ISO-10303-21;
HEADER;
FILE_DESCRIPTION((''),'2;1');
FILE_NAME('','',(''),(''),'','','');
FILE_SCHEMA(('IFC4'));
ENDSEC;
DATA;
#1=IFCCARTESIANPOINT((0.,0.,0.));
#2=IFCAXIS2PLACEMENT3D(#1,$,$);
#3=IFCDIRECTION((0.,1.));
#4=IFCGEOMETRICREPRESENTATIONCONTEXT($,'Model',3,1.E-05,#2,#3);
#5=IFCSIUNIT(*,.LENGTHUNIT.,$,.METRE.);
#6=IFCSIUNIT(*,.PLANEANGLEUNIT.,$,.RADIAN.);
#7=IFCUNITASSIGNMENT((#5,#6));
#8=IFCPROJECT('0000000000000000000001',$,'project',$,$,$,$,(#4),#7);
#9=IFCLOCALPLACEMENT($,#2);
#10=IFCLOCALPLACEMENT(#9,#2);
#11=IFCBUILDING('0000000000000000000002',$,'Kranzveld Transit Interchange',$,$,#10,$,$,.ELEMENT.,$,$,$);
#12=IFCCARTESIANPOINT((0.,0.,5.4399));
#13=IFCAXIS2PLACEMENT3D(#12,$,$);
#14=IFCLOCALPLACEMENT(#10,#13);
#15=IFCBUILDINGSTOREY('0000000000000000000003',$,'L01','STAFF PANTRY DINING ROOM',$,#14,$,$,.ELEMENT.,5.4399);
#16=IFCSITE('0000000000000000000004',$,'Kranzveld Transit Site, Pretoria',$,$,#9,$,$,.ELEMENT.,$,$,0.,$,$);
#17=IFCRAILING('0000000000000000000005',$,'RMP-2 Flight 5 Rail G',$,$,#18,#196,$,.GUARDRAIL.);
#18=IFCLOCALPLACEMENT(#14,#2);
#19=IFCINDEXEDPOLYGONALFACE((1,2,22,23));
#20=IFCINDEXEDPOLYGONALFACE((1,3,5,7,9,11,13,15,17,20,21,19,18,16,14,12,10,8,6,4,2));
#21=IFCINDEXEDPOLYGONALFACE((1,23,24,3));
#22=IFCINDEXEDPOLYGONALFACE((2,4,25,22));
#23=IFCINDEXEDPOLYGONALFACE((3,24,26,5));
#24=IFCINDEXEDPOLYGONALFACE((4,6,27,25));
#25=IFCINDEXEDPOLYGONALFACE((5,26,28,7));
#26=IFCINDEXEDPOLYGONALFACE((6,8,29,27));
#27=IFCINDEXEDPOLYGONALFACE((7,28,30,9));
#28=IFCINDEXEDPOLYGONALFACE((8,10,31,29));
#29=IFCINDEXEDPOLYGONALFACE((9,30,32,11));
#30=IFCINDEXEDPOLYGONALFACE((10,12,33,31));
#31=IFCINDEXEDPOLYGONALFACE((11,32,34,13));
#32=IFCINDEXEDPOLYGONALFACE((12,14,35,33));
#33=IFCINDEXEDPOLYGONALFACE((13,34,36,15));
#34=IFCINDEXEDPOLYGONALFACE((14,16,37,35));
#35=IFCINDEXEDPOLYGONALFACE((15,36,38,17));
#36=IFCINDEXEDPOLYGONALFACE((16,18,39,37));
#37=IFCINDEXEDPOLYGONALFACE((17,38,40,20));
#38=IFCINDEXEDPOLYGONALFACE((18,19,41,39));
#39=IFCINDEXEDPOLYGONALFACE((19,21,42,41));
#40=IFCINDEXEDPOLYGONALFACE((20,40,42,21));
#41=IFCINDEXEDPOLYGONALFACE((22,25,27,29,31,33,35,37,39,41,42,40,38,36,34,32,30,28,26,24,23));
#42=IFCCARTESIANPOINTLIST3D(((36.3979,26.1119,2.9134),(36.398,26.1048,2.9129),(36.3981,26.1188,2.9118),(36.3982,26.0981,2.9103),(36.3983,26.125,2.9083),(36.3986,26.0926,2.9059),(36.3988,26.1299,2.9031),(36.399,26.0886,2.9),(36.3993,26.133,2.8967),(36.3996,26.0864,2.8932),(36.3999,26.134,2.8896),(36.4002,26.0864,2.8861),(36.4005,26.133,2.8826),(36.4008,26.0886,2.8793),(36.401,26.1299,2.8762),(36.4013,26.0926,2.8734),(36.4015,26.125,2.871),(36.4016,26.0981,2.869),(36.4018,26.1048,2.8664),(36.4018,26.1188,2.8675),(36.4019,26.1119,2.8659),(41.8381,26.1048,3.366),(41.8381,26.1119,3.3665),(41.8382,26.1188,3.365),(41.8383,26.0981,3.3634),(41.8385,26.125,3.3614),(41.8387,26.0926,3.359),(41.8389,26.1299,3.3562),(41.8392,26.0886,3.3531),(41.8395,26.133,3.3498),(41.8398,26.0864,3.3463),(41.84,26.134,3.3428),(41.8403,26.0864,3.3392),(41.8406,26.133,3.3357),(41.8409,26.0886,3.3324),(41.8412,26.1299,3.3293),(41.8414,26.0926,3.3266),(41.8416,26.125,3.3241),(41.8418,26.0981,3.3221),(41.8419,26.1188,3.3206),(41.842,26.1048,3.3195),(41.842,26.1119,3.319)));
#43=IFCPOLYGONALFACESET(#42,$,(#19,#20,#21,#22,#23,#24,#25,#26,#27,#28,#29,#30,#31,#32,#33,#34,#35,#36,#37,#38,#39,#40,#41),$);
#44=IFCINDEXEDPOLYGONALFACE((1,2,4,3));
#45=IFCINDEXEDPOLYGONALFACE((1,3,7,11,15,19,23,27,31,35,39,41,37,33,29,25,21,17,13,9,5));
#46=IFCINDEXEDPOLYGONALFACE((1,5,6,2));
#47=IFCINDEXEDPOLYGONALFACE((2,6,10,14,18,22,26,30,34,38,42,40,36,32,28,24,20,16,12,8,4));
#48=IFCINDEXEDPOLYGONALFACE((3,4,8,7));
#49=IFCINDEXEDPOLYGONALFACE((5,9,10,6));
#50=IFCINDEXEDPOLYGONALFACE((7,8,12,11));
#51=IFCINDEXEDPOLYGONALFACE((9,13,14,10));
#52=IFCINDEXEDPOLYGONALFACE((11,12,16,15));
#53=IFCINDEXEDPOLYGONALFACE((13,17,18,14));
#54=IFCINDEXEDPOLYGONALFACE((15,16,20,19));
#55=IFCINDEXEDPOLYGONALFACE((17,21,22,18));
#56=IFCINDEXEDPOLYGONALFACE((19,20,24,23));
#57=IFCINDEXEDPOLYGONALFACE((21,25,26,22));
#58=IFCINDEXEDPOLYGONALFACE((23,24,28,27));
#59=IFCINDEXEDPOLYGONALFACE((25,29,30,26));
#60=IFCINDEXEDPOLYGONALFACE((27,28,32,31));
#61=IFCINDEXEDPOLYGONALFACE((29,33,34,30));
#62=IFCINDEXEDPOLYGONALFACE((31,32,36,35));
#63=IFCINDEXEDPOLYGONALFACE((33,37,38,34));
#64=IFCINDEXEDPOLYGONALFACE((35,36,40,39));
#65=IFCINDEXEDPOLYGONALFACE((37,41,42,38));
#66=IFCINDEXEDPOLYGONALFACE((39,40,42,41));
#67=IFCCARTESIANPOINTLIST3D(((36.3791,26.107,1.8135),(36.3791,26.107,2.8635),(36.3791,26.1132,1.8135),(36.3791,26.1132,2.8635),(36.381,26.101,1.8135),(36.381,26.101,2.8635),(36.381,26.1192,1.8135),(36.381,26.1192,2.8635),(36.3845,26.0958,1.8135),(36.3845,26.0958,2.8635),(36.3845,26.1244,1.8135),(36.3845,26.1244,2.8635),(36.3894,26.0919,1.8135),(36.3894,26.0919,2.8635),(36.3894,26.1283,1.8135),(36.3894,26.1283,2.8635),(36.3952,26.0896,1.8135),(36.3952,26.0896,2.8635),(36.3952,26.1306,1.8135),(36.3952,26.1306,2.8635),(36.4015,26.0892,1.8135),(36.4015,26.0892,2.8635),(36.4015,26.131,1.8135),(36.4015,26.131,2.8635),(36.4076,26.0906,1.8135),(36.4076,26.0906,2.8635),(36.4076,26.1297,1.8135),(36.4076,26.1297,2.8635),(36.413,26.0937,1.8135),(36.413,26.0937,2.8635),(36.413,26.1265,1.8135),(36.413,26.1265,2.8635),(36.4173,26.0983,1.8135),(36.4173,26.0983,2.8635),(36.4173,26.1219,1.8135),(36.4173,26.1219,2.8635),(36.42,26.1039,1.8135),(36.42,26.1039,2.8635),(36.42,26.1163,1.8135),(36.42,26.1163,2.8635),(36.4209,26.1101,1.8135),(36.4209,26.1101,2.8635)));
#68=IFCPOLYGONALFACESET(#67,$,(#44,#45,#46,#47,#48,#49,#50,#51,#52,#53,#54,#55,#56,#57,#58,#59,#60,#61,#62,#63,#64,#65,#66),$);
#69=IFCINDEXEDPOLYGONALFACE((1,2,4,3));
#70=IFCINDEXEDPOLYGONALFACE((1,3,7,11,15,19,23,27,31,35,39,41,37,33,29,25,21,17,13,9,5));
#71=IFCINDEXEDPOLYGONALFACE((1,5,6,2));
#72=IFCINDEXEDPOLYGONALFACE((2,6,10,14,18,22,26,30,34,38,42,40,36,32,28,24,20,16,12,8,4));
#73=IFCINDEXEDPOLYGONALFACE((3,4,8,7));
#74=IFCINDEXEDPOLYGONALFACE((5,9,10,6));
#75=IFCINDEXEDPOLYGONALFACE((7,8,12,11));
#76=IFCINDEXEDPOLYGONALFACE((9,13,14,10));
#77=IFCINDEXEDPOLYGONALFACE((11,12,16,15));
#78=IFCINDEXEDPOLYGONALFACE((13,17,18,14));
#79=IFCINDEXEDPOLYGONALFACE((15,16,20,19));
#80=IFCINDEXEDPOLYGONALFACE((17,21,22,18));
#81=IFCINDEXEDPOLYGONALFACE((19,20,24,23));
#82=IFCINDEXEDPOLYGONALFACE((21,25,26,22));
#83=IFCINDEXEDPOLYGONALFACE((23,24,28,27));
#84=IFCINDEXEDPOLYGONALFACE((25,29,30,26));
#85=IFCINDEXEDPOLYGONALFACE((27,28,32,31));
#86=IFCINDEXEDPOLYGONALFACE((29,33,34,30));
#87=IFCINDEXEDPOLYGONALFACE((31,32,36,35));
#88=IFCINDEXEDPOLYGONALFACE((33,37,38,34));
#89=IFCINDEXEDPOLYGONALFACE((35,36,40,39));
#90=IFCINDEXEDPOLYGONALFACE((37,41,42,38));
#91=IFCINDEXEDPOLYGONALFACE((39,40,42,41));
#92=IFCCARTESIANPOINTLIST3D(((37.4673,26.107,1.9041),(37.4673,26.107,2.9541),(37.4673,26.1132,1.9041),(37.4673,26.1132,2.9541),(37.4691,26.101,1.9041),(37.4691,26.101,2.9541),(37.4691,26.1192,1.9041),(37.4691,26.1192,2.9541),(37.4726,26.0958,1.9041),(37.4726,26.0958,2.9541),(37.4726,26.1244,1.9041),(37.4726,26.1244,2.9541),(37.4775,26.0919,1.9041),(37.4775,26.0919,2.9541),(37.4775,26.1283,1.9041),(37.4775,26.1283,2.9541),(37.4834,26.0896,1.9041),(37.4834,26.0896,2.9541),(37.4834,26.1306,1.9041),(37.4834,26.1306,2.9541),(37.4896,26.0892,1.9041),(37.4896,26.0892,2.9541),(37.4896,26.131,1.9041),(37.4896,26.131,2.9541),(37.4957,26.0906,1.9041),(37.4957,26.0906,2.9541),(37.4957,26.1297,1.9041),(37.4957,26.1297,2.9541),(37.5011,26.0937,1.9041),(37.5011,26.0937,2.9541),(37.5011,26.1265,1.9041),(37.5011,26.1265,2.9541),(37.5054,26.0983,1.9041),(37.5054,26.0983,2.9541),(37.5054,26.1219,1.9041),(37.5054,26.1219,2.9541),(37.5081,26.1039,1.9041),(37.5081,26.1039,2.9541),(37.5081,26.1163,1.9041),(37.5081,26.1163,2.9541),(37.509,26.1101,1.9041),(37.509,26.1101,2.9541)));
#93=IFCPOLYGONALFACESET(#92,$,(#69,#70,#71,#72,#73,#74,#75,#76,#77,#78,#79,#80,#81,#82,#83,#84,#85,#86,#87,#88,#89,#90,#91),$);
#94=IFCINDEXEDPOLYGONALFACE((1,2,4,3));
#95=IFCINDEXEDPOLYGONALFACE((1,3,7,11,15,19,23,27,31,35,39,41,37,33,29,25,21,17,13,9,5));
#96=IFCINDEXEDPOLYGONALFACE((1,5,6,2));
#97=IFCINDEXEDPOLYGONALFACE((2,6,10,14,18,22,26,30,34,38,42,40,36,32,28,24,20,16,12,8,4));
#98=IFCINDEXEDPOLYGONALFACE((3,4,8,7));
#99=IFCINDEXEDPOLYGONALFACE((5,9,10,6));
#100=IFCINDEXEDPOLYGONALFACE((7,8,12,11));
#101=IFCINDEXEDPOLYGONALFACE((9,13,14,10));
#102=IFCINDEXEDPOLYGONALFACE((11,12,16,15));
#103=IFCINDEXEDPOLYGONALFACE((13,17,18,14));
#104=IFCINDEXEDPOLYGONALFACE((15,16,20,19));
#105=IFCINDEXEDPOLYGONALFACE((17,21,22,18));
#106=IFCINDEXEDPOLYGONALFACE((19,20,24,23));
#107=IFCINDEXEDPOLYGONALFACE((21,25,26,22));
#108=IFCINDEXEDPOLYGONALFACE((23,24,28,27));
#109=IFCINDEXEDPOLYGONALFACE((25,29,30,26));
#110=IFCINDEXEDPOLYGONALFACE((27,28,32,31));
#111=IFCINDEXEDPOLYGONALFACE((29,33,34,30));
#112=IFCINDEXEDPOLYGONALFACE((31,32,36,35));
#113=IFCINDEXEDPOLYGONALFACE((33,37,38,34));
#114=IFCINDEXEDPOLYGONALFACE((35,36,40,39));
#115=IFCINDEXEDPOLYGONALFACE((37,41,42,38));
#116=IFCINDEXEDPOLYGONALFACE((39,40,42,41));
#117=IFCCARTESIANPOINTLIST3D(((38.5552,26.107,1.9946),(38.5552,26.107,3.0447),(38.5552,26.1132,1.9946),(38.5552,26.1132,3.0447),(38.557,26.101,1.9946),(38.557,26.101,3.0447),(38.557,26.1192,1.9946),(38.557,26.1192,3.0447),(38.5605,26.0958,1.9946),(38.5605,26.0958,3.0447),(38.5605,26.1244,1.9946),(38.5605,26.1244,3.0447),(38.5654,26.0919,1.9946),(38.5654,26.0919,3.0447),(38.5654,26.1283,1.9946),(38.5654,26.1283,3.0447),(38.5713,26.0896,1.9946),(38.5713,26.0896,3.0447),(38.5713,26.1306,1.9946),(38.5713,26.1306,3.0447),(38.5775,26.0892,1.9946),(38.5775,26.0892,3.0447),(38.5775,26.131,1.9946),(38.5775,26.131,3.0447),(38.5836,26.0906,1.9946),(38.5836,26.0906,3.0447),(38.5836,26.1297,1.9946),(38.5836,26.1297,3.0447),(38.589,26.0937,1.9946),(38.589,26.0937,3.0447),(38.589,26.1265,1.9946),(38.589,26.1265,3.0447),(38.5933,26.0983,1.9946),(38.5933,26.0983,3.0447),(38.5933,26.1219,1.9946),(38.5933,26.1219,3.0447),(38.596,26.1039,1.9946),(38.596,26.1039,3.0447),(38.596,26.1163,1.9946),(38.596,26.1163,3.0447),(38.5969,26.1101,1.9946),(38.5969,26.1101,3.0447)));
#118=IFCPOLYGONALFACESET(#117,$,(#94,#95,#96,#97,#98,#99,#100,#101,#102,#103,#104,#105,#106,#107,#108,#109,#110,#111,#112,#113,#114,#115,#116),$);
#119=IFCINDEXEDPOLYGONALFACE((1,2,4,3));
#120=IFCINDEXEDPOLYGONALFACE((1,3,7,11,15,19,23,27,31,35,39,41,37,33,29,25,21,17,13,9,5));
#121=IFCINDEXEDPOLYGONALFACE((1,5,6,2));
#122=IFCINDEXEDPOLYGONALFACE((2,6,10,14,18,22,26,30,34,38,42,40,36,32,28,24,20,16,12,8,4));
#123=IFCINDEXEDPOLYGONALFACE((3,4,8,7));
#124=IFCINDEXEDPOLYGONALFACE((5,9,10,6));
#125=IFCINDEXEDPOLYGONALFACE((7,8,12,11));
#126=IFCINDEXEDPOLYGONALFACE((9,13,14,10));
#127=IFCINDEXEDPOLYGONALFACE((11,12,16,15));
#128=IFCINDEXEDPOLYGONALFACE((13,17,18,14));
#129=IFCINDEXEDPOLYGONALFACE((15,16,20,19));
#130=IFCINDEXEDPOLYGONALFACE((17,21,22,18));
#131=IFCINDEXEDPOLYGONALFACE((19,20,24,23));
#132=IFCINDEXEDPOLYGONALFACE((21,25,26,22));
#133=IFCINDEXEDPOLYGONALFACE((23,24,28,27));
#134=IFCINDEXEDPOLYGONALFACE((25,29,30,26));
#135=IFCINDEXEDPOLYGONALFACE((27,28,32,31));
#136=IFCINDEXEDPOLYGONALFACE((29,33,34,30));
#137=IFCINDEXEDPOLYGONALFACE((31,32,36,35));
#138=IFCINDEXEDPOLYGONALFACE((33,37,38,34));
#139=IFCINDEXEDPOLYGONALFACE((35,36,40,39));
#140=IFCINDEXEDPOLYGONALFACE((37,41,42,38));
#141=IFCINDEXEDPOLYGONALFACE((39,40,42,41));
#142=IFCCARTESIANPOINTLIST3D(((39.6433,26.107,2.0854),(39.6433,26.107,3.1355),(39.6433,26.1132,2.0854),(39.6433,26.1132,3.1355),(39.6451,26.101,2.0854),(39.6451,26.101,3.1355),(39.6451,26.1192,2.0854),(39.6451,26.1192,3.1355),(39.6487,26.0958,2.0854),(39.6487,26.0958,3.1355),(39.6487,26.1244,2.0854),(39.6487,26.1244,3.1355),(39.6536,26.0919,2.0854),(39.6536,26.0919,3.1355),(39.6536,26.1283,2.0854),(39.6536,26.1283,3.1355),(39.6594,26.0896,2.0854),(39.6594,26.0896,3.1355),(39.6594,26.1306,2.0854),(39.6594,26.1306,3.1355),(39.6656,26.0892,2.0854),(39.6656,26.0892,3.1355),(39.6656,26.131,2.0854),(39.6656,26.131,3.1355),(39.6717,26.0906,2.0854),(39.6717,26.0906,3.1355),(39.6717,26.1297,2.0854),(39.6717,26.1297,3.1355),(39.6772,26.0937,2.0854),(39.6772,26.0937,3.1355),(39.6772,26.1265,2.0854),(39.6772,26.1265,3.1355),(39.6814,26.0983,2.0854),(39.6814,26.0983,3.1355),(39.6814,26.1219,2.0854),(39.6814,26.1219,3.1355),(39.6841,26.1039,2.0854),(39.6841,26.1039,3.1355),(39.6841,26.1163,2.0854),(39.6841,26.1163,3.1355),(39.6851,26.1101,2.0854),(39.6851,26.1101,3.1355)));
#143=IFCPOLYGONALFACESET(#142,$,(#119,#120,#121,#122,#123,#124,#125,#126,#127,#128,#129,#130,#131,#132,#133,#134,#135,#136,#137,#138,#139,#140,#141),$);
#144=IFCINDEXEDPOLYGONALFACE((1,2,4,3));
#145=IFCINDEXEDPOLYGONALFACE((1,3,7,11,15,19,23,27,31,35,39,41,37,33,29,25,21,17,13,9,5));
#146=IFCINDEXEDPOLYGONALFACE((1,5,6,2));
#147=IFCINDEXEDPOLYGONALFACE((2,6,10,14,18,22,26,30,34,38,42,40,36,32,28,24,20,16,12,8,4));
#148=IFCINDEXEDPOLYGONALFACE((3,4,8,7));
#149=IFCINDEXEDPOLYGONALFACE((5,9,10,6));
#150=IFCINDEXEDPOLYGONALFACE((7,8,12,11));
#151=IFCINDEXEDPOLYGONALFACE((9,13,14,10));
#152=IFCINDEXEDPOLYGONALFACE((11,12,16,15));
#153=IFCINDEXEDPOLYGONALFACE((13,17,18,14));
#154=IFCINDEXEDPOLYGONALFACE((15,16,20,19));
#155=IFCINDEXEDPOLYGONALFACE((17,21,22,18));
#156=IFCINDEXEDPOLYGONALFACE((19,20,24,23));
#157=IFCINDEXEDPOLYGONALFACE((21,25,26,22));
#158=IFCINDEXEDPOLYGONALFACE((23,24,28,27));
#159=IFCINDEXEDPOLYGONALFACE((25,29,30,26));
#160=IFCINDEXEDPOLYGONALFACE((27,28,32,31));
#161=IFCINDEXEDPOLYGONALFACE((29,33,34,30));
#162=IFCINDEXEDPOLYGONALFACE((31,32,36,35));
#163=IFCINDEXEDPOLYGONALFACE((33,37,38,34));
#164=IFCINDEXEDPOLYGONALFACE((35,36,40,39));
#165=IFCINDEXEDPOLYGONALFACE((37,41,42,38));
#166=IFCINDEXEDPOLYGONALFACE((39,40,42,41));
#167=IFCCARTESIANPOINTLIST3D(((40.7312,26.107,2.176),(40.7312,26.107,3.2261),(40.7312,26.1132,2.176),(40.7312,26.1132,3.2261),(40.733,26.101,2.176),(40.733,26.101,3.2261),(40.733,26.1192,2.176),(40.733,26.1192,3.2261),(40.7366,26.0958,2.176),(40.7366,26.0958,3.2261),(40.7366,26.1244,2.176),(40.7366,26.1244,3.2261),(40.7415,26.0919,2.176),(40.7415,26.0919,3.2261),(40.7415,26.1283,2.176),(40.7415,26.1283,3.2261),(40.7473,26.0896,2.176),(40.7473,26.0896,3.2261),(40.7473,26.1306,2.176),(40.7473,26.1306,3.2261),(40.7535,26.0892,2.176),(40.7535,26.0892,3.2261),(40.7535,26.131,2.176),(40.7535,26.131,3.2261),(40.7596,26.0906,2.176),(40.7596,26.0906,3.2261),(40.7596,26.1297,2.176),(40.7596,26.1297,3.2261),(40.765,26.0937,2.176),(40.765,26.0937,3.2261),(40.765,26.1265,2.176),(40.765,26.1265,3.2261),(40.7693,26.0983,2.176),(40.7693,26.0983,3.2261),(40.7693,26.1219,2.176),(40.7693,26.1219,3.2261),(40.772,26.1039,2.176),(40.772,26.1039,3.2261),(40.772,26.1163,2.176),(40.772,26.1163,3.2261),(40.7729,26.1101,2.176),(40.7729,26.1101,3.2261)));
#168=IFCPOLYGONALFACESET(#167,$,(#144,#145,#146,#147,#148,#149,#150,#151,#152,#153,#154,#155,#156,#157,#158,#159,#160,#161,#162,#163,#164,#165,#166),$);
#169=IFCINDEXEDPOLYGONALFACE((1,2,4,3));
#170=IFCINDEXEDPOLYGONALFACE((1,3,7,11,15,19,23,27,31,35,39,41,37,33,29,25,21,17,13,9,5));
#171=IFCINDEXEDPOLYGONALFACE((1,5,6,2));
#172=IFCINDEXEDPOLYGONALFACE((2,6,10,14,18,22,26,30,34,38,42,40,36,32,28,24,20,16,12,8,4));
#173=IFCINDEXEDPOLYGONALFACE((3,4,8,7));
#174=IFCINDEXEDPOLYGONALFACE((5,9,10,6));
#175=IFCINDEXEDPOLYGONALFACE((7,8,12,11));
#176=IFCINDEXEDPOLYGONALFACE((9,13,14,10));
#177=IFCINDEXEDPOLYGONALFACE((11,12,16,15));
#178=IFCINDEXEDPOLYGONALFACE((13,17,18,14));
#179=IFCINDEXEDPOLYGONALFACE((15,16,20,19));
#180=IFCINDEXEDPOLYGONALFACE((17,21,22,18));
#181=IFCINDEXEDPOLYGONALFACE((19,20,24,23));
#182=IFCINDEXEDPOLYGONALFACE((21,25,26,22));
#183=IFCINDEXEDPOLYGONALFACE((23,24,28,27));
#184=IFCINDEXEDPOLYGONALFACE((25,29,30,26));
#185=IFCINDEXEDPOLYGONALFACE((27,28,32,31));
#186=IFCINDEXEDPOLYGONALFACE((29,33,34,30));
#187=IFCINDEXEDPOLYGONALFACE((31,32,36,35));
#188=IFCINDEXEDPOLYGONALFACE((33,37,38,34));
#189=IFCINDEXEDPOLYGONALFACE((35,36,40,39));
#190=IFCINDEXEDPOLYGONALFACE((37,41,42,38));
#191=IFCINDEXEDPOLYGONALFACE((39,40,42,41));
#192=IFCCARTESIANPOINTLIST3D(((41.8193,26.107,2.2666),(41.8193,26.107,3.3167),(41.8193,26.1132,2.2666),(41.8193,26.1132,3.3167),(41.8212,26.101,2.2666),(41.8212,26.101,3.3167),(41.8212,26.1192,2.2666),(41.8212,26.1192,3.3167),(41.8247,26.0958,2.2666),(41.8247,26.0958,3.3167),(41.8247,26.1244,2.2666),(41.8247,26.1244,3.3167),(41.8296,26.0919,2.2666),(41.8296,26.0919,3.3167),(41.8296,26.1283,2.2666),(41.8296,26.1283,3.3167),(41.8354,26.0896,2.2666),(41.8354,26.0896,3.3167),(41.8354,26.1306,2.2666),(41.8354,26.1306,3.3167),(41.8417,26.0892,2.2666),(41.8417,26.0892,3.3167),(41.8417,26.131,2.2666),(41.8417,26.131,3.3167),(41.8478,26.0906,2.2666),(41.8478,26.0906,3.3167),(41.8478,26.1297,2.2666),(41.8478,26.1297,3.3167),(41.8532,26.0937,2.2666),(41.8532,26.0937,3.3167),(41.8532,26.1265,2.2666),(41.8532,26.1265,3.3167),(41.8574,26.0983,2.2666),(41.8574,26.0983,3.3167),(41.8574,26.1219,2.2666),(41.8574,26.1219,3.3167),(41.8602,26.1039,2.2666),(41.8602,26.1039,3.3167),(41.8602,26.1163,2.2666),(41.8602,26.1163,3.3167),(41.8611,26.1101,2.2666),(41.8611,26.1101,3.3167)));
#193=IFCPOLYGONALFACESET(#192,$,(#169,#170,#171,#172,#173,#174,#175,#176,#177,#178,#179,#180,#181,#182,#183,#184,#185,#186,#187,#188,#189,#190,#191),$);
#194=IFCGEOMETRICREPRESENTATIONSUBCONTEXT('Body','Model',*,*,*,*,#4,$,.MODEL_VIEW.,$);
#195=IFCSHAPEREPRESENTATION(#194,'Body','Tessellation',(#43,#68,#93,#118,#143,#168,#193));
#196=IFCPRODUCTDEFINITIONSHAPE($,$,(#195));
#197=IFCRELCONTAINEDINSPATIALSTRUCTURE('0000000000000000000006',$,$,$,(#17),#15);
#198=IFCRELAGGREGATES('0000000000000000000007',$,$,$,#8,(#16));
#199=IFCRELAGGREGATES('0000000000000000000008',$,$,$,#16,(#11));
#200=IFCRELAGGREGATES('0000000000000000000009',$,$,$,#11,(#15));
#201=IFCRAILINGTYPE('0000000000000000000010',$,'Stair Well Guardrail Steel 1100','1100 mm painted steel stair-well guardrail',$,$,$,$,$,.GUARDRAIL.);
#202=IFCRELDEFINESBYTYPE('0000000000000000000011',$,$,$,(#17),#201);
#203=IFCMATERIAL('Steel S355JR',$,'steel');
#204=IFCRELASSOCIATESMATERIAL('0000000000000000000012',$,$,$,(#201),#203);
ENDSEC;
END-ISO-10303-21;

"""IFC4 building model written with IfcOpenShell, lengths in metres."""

from ifc_helpers import new_model, si_unit, direction, frame, origin, origin_2d, place, context, subcontext, project, spatial, circle, extrude, material, type_object, element, save


model = new_model("IFC4")

# Units and contexts
model_context = context("Model", 3, precision=1e-05, world=origin(), true_north=direction((0.0, 1.0)))
body_context = subcontext(model_context, "Body", "Model", "MODEL_VIEW")
ifc_project = project(units=[si_unit("LENGTHUNIT", "METRE"), si_unit("PLANEANGLEUNIT", "RADIAN")], contexts=[model_context])

# Site, building, storey
site_placement = place(None, origin())
site = spatial("IfcSite", under=ifc_project, at=site_placement, Name="Kranzveld Transit Site, Pretoria", CompositionType="ELEMENT", RefElevation=0.0)
building_placement = place(site_placement, origin())
building = spatial("IfcBuilding", under=site, at=building_placement, Name="Kranzveld Transit Interchange", CompositionType="ELEMENT")
storey_placement = place(building_placement, frame((0.0, 0.0, 5.4399)))
storey = spatial("IfcBuildingStorey", under=building, at=storey_placement, Name="L01", Description="STAFF PANTRY DINING ROOM", CompositionType="ELEMENT", Elevation=5.4399)

# Railing
ifc_material_1 = material(Name="Steel S355JR", Category="steel")
railing_type_1 = type_object("IfcRailingType", Name="Stair Well Guardrail Steel 1100", Description="1100 mm painted steel stair-well guardrail", PredefinedType="GUARDRAIL", material=ifc_material_1)
railing_1_placement = place(storey_placement, frame((36.3999, 26.1101, 1.8135)))
element("IfcRailing", 1, at=railing_1_placement, inside=storey, type_object=railing_type_1, Name="RMP-2 Flight 5 Rail G", PredefinedType="GUARDRAIL", context=body_context, shape_type="SweptSolid", body=[
    extrude(circle(Radius=0.0239, at=origin_2d()), frame((0.0, 0.0, 1.0762), z_axis=(0.996549, 0.0, 0.083005), x_axis=(0.0, 1.0, 0.0)), (0.0, 0.0, 1.0), 5.459),
    extrude(circle(Radius=0.021, at=origin_2d()), origin(), (0.0, 0.0, 1.0), 1.05),
    extrude(circle(Radius=0.021, at=origin_2d()), frame((1.0881, 0.0, 0.0906)), (0.0, 0.0, 1.0), 1.05),
    extrude(circle(Radius=0.021, at=origin_2d()), frame((2.176, 0.0, 0.1812)), (0.0, 0.0, 1.0), 1.05),
    extrude(circle(Radius=0.021, at=origin_2d()), frame((3.2642, 0.0, 0.272)), (0.0, 0.0, 1.0), 1.05),
    extrude(circle(Radius=0.021, at=origin_2d()), frame((4.3521, 0.0, 0.3625)), (0.0, 0.0, 1.0), 1.05),
    extrude(circle(Radius=0.021, at=origin_2d()), frame((5.4402, 0.0, 0.4531)), (0.0, 0.0, 1.0), 1.05),
])

save(model, "model.ifc")
